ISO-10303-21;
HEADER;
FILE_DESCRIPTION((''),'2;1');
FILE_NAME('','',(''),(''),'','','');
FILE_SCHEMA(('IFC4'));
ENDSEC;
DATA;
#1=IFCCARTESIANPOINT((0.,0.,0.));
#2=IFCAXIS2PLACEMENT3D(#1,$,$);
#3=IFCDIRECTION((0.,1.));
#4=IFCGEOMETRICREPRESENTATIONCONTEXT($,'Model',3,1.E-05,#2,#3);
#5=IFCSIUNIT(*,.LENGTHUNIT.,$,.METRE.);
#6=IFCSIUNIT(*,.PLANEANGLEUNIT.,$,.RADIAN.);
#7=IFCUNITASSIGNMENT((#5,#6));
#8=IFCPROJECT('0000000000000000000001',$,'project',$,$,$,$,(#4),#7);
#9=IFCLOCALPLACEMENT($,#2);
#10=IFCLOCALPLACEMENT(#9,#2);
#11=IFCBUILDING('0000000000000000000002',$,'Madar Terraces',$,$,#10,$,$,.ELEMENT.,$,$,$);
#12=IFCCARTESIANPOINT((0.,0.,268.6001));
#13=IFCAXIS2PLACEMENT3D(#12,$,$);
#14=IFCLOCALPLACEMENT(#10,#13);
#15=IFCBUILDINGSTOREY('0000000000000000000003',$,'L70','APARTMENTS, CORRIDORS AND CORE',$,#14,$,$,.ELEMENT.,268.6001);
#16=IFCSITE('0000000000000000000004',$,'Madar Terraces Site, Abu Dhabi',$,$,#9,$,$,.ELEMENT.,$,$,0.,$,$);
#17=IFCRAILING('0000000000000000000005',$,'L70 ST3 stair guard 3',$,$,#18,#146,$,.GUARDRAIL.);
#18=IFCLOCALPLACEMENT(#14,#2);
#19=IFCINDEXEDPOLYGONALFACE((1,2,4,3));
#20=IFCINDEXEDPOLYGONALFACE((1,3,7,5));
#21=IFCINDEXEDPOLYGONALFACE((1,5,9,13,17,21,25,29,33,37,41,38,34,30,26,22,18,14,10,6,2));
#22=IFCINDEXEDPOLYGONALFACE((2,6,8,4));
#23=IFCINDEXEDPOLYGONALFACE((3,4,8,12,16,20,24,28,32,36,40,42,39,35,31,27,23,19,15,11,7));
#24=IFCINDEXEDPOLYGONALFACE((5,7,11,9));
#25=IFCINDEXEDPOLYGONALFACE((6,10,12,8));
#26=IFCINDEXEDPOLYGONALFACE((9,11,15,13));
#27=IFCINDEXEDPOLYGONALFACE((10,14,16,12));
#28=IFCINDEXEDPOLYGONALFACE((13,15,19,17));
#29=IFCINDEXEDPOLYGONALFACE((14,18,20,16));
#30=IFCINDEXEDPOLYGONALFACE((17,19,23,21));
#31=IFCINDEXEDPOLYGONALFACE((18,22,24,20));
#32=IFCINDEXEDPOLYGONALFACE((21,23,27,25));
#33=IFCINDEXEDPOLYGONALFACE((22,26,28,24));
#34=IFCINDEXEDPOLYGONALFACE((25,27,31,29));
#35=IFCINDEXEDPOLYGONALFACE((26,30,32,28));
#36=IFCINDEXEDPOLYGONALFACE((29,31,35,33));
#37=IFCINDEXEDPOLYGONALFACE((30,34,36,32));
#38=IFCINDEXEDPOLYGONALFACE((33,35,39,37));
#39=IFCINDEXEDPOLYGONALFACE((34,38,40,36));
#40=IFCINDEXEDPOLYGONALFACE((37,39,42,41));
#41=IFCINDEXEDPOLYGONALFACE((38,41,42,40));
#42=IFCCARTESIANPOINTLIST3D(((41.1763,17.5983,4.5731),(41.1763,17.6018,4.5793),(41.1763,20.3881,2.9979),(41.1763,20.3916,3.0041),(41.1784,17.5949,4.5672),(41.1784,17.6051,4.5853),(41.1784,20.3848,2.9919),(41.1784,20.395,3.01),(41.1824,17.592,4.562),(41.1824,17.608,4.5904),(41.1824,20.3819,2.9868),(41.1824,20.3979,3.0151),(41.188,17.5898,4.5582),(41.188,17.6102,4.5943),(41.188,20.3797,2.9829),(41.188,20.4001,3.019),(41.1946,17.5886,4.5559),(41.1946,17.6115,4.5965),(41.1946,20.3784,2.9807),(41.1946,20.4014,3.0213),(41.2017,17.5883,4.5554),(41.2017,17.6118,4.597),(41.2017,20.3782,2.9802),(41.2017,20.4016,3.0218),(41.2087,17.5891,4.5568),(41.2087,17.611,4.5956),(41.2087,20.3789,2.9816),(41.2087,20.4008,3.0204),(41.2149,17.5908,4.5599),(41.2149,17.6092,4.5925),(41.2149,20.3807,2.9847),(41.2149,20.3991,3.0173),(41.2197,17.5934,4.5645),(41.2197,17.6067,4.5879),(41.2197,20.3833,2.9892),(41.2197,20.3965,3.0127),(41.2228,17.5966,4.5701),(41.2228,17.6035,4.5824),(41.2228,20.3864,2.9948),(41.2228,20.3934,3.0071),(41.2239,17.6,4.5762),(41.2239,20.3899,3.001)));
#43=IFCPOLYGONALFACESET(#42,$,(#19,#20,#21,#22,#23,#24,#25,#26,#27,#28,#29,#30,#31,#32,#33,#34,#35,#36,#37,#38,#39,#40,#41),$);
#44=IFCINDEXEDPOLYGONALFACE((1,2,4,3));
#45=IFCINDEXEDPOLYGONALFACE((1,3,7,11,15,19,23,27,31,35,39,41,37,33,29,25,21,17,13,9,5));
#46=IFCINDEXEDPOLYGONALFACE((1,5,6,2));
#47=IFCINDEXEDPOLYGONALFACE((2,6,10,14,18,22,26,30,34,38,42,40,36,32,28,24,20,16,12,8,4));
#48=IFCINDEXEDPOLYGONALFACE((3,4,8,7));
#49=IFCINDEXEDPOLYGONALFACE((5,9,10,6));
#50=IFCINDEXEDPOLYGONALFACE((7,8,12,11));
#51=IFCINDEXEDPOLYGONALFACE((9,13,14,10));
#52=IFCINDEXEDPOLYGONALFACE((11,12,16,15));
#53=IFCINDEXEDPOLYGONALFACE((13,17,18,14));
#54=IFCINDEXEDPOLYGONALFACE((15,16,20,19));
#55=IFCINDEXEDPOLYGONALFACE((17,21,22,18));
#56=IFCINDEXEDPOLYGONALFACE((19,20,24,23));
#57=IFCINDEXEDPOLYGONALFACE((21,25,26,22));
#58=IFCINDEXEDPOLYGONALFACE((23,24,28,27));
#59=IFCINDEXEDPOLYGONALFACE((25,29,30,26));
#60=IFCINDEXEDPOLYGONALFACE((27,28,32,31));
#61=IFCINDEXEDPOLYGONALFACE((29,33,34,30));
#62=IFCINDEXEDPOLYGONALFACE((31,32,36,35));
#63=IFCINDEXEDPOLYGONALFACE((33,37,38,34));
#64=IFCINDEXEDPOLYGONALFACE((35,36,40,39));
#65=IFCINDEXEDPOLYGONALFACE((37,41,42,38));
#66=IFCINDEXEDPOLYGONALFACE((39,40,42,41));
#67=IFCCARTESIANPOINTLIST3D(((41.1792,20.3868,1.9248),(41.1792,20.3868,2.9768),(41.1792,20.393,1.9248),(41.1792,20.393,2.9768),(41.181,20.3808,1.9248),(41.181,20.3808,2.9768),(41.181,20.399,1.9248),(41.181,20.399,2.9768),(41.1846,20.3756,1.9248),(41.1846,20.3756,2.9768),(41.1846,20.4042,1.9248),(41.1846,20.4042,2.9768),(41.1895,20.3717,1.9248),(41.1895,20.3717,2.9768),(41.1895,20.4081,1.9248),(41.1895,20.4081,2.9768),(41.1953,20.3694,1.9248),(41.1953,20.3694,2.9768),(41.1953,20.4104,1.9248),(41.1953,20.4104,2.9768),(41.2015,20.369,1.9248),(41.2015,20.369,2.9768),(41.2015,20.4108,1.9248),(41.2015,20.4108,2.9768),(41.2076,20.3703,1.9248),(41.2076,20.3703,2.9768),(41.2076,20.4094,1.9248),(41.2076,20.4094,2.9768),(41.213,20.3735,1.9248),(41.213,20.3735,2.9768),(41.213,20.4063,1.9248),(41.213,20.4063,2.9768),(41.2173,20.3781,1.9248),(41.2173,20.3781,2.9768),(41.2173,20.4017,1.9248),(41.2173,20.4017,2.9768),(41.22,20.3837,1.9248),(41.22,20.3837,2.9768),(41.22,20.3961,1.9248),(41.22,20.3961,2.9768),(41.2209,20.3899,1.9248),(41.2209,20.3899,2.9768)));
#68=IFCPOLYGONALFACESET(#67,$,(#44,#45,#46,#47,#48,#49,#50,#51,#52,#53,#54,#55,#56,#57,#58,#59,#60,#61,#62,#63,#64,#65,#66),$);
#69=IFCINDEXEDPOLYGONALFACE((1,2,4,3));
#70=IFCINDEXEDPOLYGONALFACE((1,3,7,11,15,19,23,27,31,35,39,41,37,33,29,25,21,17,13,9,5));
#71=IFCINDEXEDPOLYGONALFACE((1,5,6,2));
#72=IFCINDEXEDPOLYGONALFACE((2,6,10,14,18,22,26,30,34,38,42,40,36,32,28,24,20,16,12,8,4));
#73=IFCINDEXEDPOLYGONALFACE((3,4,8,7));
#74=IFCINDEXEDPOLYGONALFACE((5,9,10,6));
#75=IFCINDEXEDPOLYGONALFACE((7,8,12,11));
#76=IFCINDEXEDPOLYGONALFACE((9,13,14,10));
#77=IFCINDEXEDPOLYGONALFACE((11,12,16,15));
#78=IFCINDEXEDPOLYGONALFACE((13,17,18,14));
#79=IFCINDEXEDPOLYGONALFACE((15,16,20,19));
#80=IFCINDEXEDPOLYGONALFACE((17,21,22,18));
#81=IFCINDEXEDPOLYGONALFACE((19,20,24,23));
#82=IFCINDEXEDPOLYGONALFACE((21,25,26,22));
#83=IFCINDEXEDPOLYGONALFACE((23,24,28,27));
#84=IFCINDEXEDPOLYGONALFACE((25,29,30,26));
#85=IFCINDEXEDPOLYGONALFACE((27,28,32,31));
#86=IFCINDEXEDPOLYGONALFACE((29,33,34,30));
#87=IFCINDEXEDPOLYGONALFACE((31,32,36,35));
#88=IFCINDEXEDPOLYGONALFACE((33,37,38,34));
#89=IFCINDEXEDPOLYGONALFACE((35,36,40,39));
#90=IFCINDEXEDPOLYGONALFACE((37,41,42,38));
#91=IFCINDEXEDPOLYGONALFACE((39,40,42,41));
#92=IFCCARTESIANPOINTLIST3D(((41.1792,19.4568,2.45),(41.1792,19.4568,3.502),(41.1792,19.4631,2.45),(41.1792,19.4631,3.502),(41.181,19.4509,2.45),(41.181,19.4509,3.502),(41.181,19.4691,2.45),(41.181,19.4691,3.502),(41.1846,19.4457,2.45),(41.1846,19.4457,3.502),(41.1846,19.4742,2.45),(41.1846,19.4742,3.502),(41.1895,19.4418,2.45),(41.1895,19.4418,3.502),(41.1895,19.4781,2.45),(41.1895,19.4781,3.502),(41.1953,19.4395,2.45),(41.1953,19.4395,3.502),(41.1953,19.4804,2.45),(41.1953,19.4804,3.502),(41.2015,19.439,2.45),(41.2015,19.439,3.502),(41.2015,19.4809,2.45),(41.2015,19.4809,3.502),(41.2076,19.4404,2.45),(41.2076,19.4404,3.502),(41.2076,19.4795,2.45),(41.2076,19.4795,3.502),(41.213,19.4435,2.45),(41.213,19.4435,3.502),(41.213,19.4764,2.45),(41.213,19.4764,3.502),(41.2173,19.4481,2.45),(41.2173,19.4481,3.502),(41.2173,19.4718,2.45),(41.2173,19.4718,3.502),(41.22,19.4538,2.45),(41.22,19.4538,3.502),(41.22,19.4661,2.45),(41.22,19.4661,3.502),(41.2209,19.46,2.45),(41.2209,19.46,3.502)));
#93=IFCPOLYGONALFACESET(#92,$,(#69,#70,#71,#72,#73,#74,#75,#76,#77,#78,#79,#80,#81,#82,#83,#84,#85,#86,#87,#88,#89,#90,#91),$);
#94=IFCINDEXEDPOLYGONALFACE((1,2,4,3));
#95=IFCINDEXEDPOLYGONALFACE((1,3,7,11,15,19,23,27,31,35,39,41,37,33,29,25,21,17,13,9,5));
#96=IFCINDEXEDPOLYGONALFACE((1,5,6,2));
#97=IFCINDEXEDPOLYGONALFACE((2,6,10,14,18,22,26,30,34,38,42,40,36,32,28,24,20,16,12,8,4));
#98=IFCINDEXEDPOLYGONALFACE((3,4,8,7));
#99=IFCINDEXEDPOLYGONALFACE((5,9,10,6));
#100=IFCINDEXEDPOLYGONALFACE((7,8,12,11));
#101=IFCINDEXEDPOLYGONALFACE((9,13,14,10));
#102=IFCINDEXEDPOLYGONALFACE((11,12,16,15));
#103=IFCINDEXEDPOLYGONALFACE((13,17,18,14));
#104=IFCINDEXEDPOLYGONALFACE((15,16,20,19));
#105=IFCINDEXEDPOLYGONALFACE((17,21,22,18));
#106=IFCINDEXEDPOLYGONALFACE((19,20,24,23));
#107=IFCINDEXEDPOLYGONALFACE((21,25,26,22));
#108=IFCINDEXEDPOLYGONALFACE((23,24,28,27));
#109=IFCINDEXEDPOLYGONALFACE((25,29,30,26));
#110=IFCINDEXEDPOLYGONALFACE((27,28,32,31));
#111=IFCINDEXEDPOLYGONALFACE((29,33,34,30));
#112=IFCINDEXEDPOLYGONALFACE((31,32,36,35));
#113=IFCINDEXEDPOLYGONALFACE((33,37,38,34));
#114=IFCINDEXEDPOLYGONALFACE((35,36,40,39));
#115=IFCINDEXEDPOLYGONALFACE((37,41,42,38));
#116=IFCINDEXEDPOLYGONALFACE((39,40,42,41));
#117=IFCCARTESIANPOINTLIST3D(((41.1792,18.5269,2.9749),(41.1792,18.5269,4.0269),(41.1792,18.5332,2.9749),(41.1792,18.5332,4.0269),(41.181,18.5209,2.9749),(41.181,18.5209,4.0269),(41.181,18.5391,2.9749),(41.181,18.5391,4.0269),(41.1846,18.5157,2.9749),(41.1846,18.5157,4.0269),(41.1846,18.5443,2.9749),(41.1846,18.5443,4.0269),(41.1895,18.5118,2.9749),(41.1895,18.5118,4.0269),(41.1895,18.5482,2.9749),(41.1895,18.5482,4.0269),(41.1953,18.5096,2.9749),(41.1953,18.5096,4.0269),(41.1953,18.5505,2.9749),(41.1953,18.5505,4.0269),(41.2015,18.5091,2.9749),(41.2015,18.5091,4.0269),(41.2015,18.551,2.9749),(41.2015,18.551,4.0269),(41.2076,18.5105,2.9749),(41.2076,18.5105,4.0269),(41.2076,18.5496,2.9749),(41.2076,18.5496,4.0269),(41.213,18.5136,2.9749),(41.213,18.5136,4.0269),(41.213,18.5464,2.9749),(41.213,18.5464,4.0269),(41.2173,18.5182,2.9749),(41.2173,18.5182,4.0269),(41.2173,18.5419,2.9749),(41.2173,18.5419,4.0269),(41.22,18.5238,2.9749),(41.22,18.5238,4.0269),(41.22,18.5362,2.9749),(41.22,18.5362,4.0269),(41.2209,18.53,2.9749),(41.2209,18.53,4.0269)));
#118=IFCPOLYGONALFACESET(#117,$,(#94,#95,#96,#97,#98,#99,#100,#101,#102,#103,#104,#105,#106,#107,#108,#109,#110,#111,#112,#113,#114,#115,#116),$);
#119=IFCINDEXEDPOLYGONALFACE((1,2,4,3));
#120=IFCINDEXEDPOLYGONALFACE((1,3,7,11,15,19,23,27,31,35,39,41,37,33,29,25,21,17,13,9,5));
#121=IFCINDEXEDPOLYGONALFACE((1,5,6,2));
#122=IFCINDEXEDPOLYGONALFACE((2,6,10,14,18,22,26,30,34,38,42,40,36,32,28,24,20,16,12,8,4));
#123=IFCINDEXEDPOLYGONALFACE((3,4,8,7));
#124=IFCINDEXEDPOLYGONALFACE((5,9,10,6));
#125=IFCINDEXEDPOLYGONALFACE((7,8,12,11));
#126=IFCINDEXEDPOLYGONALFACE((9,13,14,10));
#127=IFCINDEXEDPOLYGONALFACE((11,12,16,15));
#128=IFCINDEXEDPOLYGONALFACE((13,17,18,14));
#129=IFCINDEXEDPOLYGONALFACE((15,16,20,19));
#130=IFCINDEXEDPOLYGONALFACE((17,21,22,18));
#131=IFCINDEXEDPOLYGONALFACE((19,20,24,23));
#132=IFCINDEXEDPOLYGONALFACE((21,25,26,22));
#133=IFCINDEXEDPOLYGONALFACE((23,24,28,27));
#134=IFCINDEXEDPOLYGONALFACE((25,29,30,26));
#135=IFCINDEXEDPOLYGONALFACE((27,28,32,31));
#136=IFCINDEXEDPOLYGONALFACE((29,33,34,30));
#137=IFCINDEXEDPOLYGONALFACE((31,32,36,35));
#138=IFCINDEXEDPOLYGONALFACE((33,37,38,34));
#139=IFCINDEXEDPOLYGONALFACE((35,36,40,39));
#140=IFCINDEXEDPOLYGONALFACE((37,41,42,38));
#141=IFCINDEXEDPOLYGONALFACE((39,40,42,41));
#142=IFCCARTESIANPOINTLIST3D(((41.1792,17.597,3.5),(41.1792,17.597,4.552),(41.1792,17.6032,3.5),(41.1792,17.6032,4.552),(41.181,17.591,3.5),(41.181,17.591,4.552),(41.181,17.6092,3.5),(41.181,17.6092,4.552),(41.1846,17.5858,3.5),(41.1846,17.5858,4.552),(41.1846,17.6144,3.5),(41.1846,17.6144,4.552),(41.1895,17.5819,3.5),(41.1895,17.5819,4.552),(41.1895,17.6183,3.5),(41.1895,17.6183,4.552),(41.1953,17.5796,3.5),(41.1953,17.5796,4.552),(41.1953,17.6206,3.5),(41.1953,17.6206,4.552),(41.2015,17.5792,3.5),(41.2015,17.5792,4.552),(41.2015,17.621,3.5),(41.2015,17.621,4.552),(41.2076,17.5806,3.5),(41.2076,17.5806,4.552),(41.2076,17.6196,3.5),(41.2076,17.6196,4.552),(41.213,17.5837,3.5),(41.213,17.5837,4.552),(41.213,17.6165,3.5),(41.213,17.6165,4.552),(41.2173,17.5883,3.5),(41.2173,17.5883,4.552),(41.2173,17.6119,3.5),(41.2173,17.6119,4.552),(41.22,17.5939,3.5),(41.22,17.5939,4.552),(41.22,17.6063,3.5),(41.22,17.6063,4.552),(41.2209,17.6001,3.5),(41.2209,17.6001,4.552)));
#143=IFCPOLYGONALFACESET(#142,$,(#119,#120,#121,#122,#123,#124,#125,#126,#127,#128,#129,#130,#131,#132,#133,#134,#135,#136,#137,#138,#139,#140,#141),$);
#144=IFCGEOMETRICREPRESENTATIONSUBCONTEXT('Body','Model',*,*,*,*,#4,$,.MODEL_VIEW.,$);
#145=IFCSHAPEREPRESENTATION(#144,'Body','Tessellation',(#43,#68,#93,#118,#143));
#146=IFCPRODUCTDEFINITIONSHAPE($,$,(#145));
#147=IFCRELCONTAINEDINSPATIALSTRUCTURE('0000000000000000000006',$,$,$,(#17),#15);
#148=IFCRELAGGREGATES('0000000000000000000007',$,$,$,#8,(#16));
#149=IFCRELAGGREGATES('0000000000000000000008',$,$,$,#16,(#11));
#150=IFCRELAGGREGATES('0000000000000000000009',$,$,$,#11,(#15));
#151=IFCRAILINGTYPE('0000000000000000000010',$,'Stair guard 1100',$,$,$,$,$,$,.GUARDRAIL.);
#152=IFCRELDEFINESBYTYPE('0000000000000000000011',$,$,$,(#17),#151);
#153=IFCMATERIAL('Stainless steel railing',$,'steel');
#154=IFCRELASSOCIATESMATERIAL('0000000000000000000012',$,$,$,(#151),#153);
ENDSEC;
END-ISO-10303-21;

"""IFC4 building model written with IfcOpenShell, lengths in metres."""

from ifc_helpers import new_model, si_unit, direction, frame, origin, origin_2d, place, context, subcontext, project, spatial, circle, extrude, material, type_object, element, save


model = new_model("IFC4")

# Units and contexts
model_context = context("Model", 3, precision=1e-05, world=origin(), true_north=direction((0.0, 1.0)))
body_context = subcontext(model_context, "Body", "Model", "MODEL_VIEW")
ifc_project = project(units=[si_unit("LENGTHUNIT", "METRE"), si_unit("PLANEANGLEUNIT", "RADIAN")], contexts=[model_context])

# Site, building, storey
site_placement = place(None, origin())
site = spatial("IfcSite", under=ifc_project, at=site_placement, Name="Madar Terraces Site, Abu Dhabi", CompositionType="ELEMENT", RefElevation=0.0)
building_placement = place(site_placement, origin())
building = spatial("IfcBuilding", under=site, at=building_placement, Name="Madar Terraces", CompositionType="ELEMENT")
storey_placement = place(building_placement, frame((0.0, 0.0, 268.6001)))
storey = spatial("IfcBuildingStorey", under=building, at=storey_placement, Name="L70", Description="APARTMENTS, CORRIDORS AND CORE", CompositionType="ELEMENT", Elevation=268.6001)

# Railing
ifc_material_1 = material(Name="Stainless steel railing", Category="steel")
railing_type_1 = type_object("IfcRailingType", Name="Stair guard 1100", PredefinedType="GUARDRAIL", material=ifc_material_1)
railing_1_placement = place(storey_placement, frame((41.2, 20.3899, 1.9248)))
element("IfcRailing", 1, at=railing_1_placement, inside=storey, type_object=railing_type_1, Name="L70 ST3 stair guard 3", PredefinedType="GUARDRAIL", context=body_context, shape_type="SweptSolid", body=[
    extrude(circle(Radius=0.0239, at=origin_2d()), frame((0.0, 0.0, 1.0762), z_axis=(0.0, -0.870783, 0.491668), x_axis=(1.0, 0.0, 0.0)), (0.0, 0.0, 1.0), 3.2039),
    extrude(circle(Radius=0.021, at=origin_2d()), origin(), (0.0, 0.0, 1.0), 1.052),
    extrude(circle(Radius=0.021, at=origin_2d()), frame((0.0, -0.9299, 0.5251)), (0.0, 0.0, 1.0), 1.052),
    extrude(circle(Radius=0.021, at=origin_2d()), frame((0.0, -1.8599, 1.05)), (0.0, 0.0, 1.0), 1.052),
    extrude(circle(Radius=0.021, at=origin_2d()), frame((0.0, -2.7898, 1.5752)), (0.0, 0.0, 1.0), 1.052),
])

save(model, "model.ifc")
